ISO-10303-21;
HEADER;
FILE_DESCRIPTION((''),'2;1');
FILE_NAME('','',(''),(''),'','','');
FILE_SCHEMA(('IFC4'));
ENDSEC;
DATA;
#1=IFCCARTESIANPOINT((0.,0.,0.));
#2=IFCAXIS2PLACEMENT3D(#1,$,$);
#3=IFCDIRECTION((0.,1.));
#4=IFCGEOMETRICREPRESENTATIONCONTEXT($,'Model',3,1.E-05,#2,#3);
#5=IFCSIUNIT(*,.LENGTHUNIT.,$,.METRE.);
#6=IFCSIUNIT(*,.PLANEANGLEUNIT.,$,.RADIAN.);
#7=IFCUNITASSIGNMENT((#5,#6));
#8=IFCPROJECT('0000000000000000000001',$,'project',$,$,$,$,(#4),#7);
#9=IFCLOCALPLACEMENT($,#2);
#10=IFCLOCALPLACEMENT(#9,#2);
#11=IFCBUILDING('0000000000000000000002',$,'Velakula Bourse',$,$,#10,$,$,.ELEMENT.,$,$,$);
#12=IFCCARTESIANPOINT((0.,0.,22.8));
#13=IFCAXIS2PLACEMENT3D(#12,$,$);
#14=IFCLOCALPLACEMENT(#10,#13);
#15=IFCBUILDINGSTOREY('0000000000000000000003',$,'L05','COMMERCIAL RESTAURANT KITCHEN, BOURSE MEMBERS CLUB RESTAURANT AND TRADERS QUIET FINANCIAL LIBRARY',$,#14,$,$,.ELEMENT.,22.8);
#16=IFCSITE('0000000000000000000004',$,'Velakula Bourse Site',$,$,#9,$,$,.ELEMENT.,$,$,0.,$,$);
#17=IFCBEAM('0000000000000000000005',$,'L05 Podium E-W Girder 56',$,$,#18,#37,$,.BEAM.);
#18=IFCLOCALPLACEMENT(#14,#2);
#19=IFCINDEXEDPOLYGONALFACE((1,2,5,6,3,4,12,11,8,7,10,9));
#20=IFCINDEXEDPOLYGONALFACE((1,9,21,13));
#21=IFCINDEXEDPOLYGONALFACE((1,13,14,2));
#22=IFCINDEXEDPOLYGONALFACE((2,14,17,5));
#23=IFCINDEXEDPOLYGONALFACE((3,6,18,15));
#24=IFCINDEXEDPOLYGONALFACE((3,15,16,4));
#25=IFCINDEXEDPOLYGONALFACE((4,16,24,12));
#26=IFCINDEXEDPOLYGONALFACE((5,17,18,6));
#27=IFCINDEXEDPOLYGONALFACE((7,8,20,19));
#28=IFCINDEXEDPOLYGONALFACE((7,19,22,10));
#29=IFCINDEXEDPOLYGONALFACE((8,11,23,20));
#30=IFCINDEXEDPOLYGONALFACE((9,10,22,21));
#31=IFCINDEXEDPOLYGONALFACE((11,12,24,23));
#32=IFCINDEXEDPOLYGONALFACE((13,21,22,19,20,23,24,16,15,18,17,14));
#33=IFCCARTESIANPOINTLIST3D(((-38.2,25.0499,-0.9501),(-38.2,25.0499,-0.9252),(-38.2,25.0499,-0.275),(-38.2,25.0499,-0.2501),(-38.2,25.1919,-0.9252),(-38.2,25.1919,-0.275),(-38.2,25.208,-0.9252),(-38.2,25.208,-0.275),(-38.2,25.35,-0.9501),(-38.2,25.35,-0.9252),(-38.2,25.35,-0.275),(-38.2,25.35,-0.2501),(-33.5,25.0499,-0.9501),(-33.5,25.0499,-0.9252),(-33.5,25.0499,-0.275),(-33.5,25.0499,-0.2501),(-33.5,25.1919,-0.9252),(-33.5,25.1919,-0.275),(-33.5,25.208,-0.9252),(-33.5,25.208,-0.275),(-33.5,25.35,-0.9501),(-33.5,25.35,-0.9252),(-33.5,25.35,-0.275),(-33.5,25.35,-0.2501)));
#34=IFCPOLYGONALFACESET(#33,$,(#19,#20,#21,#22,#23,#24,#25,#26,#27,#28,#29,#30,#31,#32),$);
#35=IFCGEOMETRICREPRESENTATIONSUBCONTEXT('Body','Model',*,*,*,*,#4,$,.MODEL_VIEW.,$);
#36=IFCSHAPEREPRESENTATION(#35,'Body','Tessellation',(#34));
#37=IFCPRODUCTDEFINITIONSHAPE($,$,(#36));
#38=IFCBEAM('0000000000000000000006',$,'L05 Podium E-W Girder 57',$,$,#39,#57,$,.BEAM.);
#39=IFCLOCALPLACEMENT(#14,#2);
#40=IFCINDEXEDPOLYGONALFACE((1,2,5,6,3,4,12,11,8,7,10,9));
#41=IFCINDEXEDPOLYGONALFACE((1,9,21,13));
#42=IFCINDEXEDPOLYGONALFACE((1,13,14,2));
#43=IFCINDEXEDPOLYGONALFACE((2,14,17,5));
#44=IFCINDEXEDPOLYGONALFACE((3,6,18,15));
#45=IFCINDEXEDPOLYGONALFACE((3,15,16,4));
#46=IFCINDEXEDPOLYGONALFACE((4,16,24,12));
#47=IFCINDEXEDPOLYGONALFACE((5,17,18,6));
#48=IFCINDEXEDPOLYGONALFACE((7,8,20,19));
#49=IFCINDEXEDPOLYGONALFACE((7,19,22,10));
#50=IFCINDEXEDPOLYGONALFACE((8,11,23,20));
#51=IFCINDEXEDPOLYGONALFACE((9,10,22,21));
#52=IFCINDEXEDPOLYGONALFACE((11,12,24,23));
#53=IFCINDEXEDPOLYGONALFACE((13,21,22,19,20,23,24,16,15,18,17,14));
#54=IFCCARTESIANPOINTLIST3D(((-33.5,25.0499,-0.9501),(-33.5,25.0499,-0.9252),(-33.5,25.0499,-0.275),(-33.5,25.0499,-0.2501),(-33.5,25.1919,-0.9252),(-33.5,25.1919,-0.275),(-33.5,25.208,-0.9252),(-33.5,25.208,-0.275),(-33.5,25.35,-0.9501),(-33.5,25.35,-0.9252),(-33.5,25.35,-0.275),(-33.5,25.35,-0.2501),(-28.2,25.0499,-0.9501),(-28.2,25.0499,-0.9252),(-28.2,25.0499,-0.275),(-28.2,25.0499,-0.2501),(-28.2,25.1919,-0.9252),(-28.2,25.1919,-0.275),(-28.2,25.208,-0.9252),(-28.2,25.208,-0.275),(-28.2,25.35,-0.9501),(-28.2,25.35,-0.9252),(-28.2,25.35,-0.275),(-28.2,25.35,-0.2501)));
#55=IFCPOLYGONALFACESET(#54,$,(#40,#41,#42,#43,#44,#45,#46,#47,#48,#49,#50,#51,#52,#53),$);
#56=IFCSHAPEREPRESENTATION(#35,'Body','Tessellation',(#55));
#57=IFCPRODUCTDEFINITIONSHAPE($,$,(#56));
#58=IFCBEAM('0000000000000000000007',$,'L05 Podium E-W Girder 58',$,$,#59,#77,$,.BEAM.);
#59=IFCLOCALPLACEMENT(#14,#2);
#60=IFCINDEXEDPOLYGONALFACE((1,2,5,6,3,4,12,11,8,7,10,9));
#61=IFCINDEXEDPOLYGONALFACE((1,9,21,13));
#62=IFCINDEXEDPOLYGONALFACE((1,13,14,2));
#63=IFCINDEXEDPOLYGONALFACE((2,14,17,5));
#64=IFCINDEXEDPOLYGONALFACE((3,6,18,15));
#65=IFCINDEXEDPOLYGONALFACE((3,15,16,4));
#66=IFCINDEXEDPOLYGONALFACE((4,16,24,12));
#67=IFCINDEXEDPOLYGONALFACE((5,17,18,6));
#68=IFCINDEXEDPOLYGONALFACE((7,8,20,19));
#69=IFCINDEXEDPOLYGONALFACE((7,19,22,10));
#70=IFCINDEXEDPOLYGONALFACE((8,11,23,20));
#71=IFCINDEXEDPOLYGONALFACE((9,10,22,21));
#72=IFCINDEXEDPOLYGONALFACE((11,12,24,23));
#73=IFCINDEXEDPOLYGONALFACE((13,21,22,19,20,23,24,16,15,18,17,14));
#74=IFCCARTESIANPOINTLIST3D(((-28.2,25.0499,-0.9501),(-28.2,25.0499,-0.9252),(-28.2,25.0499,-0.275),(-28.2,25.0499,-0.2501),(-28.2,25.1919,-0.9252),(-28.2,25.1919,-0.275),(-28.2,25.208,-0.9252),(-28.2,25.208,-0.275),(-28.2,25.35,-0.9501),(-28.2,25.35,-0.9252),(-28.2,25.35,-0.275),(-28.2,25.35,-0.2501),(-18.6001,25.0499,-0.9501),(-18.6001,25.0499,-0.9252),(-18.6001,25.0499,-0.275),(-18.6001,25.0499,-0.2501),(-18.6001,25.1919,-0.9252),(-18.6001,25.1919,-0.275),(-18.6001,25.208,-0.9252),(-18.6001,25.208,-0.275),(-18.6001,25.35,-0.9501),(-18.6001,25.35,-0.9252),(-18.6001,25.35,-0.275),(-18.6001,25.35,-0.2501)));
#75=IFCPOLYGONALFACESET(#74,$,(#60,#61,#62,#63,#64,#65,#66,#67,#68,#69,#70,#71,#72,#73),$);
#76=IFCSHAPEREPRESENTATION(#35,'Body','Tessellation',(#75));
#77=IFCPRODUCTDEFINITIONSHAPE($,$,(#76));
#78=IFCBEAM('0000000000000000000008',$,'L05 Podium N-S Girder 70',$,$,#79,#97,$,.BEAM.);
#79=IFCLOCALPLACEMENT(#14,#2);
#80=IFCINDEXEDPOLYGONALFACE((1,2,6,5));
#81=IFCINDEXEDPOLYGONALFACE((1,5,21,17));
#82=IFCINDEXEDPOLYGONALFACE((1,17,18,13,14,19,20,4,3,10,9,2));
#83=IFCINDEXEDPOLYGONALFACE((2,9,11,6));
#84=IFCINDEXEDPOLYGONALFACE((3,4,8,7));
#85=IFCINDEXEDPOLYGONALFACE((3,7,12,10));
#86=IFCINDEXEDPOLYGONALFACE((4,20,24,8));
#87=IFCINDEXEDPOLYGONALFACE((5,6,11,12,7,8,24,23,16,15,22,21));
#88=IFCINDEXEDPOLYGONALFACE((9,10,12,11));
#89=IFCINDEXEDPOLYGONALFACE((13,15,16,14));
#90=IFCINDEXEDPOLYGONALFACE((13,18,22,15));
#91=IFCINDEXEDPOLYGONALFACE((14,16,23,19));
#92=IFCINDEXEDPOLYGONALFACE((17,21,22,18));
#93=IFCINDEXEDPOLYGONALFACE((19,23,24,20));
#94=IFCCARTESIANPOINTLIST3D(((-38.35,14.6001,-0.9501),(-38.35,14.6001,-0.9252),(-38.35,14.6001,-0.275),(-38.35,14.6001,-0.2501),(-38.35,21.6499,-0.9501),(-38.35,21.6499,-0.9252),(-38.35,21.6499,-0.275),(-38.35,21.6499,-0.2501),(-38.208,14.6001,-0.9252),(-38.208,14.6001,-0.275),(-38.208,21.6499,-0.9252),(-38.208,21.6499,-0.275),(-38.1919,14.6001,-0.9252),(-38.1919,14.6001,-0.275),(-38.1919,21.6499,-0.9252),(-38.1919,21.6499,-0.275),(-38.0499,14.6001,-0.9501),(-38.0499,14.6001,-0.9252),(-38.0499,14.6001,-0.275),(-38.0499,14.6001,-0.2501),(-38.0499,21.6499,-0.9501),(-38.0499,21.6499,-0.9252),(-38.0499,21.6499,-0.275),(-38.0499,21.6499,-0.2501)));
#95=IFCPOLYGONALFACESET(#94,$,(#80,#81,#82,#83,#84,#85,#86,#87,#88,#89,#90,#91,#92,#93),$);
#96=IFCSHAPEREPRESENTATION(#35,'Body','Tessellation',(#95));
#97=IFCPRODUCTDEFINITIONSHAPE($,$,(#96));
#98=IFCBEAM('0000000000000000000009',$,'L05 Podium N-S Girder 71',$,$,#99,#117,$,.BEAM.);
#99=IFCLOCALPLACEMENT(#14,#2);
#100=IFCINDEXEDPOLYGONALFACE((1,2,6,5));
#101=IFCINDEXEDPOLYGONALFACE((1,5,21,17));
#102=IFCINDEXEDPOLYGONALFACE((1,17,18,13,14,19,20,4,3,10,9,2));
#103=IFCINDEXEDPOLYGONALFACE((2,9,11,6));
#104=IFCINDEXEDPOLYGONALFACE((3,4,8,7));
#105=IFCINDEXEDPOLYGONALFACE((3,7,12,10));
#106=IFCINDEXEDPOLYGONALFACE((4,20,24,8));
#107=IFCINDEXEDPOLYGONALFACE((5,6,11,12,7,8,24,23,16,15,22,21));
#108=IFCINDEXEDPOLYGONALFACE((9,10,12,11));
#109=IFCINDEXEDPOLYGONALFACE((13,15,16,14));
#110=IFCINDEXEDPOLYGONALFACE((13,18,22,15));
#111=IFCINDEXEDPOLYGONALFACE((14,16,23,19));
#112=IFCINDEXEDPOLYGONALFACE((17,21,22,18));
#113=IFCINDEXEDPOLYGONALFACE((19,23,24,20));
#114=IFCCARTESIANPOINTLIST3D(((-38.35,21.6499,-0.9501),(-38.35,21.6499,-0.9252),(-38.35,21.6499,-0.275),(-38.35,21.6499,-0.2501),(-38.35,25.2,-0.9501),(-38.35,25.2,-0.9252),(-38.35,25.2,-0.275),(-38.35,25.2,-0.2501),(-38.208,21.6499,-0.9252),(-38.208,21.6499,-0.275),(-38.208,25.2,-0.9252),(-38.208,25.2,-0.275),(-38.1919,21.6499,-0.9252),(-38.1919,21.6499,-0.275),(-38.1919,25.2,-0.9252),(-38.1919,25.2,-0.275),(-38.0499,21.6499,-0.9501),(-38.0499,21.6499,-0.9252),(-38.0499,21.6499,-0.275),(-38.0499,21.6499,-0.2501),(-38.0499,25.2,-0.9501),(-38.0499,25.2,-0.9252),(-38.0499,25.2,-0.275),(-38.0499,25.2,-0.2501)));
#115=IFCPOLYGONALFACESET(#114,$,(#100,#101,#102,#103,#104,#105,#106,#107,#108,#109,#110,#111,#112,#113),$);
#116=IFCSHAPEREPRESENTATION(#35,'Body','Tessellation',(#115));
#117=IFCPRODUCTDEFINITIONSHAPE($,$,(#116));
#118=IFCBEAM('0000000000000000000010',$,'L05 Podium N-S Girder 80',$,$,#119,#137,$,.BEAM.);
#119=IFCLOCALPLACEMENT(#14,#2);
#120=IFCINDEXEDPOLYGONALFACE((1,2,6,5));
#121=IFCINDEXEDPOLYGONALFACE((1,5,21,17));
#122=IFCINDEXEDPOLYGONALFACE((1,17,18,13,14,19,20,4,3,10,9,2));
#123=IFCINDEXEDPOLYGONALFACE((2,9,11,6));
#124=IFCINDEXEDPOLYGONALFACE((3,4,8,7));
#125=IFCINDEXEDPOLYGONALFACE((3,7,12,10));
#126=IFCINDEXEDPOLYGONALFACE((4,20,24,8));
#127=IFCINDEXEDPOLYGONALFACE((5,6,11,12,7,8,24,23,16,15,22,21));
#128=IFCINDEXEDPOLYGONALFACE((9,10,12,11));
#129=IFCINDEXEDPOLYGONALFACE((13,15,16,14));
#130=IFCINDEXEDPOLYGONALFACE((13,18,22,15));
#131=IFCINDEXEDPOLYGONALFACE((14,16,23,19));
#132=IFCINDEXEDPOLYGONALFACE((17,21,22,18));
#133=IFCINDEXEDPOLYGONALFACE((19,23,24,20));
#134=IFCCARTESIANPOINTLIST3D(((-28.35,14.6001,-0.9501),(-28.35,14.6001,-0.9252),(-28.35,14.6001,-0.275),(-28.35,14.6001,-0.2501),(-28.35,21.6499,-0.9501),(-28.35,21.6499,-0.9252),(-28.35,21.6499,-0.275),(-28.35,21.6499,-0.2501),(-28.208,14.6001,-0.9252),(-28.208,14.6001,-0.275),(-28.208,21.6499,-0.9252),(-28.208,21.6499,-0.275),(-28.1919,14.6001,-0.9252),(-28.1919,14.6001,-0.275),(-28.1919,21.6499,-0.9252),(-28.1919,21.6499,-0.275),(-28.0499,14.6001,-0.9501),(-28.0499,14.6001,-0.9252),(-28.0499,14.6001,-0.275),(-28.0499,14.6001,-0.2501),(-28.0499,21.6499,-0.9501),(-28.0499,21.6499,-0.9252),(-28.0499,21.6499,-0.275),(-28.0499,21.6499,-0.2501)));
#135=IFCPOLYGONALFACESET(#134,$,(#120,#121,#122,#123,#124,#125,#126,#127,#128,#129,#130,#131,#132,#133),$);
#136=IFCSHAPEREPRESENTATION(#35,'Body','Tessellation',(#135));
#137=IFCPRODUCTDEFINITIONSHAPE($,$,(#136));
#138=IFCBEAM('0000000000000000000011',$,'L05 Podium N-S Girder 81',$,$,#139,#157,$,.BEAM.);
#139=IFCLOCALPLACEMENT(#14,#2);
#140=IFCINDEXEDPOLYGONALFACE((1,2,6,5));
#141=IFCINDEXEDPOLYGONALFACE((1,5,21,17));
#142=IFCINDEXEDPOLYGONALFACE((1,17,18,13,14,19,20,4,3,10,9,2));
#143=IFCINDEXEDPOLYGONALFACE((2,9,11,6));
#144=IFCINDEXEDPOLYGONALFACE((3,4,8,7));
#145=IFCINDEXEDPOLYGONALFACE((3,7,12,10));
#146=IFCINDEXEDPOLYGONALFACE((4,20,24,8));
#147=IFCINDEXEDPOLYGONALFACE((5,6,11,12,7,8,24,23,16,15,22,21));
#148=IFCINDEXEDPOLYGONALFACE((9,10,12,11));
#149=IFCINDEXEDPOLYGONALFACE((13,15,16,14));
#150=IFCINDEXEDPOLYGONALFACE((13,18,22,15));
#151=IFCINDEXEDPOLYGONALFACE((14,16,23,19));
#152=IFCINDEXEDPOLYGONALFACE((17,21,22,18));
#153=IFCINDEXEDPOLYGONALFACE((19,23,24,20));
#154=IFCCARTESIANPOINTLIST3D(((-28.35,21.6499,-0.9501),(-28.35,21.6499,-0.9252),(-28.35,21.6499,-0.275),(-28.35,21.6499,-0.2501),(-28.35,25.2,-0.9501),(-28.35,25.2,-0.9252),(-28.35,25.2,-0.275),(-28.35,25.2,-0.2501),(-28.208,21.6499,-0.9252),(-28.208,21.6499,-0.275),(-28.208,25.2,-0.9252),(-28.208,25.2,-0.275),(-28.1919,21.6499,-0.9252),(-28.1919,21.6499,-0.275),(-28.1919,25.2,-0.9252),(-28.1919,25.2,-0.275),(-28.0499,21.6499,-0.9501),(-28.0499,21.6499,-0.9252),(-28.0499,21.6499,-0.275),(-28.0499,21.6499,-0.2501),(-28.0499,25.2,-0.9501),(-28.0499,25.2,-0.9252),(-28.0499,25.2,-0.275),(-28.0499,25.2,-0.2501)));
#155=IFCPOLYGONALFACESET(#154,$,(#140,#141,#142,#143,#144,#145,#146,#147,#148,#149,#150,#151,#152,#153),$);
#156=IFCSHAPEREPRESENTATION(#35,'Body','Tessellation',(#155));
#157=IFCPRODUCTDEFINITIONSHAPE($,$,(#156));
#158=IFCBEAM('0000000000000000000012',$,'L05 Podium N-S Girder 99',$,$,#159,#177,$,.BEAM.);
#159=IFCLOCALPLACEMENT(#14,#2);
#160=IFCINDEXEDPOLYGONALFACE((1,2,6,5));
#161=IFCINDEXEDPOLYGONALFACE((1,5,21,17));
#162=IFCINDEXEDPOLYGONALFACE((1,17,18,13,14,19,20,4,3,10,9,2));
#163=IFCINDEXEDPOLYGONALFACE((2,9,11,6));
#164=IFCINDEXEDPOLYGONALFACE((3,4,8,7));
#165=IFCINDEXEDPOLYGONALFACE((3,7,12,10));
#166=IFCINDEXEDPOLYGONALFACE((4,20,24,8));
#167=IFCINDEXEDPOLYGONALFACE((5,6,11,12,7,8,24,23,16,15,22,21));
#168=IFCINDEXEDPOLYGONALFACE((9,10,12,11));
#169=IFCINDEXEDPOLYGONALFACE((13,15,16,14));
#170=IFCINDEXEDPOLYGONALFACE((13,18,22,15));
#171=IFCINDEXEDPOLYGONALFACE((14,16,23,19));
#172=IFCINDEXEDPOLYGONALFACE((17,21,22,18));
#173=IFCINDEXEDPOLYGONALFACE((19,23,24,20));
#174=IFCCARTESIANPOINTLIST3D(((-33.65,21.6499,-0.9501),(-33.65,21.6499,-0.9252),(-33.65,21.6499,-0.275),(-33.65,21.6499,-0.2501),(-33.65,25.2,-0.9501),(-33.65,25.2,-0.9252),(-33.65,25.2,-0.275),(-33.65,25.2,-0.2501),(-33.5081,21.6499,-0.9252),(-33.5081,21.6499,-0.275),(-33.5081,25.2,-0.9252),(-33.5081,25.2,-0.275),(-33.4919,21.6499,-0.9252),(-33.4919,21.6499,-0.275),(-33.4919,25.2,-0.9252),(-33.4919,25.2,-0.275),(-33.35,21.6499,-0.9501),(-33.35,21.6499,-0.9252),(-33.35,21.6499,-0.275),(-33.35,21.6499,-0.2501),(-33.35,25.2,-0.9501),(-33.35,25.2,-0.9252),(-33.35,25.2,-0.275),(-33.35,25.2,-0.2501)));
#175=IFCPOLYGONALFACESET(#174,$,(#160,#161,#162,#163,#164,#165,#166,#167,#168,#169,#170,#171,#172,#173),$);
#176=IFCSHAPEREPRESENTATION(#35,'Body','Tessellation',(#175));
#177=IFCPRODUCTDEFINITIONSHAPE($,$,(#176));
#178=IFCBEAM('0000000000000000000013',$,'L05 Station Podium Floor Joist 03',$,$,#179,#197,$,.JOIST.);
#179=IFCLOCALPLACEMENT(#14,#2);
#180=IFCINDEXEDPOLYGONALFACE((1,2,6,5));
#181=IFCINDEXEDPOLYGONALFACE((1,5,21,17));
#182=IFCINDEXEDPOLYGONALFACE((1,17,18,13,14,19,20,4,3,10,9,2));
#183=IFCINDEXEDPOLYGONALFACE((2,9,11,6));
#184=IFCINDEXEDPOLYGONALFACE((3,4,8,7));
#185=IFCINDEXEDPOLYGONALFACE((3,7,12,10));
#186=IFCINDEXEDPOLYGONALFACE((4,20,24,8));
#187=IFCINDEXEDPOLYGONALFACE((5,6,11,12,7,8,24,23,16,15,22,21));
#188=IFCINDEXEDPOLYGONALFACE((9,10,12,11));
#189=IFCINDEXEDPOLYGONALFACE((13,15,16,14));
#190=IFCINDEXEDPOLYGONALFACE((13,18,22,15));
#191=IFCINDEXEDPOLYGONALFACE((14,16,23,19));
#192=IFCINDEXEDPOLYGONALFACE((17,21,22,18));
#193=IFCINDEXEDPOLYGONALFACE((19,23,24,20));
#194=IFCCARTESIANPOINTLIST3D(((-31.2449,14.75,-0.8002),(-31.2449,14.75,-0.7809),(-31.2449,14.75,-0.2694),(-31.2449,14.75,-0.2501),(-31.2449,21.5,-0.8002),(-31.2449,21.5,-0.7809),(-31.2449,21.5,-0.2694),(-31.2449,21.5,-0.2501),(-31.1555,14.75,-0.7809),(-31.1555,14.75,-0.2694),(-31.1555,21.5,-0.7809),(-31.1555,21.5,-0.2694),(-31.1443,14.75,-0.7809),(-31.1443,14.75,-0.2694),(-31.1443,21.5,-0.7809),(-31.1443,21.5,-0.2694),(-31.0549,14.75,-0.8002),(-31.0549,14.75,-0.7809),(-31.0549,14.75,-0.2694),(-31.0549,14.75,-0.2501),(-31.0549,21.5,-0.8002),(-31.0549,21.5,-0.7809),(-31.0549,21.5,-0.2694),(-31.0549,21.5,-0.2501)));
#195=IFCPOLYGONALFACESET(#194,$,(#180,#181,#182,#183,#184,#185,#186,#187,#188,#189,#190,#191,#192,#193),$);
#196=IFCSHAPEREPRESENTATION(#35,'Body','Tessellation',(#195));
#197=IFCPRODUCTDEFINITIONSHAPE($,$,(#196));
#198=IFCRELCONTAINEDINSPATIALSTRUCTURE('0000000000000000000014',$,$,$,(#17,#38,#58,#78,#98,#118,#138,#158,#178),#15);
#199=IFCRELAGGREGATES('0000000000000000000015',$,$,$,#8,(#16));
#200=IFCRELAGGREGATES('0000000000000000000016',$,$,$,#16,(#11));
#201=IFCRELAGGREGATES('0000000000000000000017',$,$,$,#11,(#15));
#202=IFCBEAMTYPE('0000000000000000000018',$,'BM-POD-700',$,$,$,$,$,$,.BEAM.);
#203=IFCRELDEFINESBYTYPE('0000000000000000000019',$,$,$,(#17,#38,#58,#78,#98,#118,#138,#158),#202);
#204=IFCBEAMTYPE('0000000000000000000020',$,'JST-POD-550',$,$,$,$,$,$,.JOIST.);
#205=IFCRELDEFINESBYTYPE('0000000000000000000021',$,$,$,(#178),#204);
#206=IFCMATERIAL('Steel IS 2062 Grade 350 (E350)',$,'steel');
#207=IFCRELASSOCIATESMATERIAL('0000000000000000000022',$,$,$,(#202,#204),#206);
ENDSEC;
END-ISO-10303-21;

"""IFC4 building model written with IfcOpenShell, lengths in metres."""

from ifc_helpers import new_model, si_unit, direction, frame, origin, origin_2d, place, context, subcontext, project, spatial, i_section, extrude, material, material_profile, profile_set, type_object, element, save


model = new_model("IFC4")

# Units and contexts
model_context = context("Model", 3, precision=1e-05, world=origin(), true_north=direction((0.0, 1.0)))
body_context = subcontext(model_context, "Body", "Model", "MODEL_VIEW")
ifc_project = project(units=[si_unit("LENGTHUNIT", "METRE"), si_unit("PLANEANGLEUNIT", "RADIAN")], contexts=[model_context])

# Site, building, storey
site_placement = place(None, origin())
site = spatial("IfcSite", under=ifc_project, at=site_placement, Name="Velakula Bourse Site", CompositionType="ELEMENT", RefElevation=0.0)
building_placement = place(site_placement, origin())
building = spatial("IfcBuilding", under=site, at=building_placement, Name="Velakula Bourse", CompositionType="ELEMENT")
storey_placement = place(building_placement, frame((0.0, 0.0, 22.8)))
storey = spatial("IfcBuildingStorey", under=building, at=storey_placement, Name="L05", Description="COMMERCIAL RESTAURANT KITCHEN, BOURSE MEMBERS CLUB RESTAURANT AND TRADERS QUIET FINANCIAL LIBRARY", CompositionType="ELEMENT", Elevation=22.8)

# Beams
ifc_material_1 = material(Name="Steel IS 2062 Grade 350 (E350)", Category="steel")
ifc_material_profile_1 = material_profile(ifc_material_1, i_section(OverallWidth=0.3, OverallDepth=0.7, WebThickness=0.0161, FlangeThickness=0.0249, at=origin_2d()), Name="Steel IS 2062 Grade 350 (E350)")
ifc_profile_set_1 = profile_set([ifc_material_profile_1], Name="Steel IS 2062 Grade 350 (E350)")
beam_type_1 = type_object("IfcBeamType", Name="BM-POD-700", PredefinedType="BEAM", material=ifc_profile_set_1)
beam_1_placement = place(storey_placement, frame((-38.2, 25.2, -0.6001), z_axis=(1.0, 0.0, 0.0), x_axis=(0.0, 1.0, 0.0)))
element("IfcBeam", 1, at=beam_1_placement, inside=storey, type_object=beam_type_1, Name="L05 Podium E-W Girder 56", PredefinedType="BEAM", context=body_context, shape_type="SweptSolid", body=[
    extrude(i_section(OverallWidth=0.3, OverallDepth=0.7, WebThickness=0.0161, FlangeThickness=0.0249, at=origin_2d()), origin(), (0.0, 0.0, 1.0), 4.7),
])
beam_2_placement = place(storey_placement, frame((-33.5, 25.2, -0.6001), z_axis=(1.0, 0.0, 0.0), x_axis=(0.0, 1.0, 0.0)))
element("IfcBeam", 2, at=beam_2_placement, inside=storey, type_object=beam_type_1, Name="L05 Podium E-W Girder 57", PredefinedType="BEAM", context=body_context, shape_type="SweptSolid", body=[
    extrude(i_section(OverallWidth=0.3, OverallDepth=0.7, WebThickness=0.0161, FlangeThickness=0.0249, at=origin_2d()), origin(), (0.0, 0.0, 1.0), 5.3),
])
beam_3_placement = place(storey_placement, frame((-28.2, 25.2, -0.6001), z_axis=(1.0, 0.0, 0.0), x_axis=(0.0, 1.0, 0.0)))
element("IfcBeam", 3, at=beam_3_placement, inside=storey, type_object=beam_type_1, Name="L05 Podium E-W Girder 58", PredefinedType="BEAM", context=body_context, shape_type="SweptSolid", body=[
    extrude(i_section(OverallWidth=0.3, OverallDepth=0.7, WebThickness=0.0161, FlangeThickness=0.0249, at=origin_2d()), origin(), (0.0, 0.0, 1.0), 9.5999),
])
beam_4_placement = place(storey_placement, frame((-38.2, 14.6001, -0.6001), z_axis=(0.0, 1.0, 0.0), x_axis=(-1.0, 0.0, 0.0)))
element("IfcBeam", 4, at=beam_4_placement, inside=storey, type_object=beam_type_1, Name="L05 Podium N-S Girder 70", PredefinedType="BEAM", context=body_context, shape_type="SweptSolid", body=[
    extrude(i_section(OverallWidth=0.3, OverallDepth=0.7, WebThickness=0.0161, FlangeThickness=0.0249, at=origin_2d()), origin(), (0.0, 0.0, 1.0), 7.0498),
])
beam_5_placement = place(storey_placement, frame((-38.2, 21.6499, -0.6001), z_axis=(0.0, 1.0, 0.0), x_axis=(-1.0, 0.0, 0.0)))
element("IfcBeam", 5, at=beam_5_placement, inside=storey, type_object=beam_type_1, Name="L05 Podium N-S Girder 71", PredefinedType="BEAM", context=body_context, shape_type="SweptSolid", body=[
    extrude(i_section(OverallWidth=0.3, OverallDepth=0.7, WebThickness=0.0161, FlangeThickness=0.0249, at=origin_2d()), origin(), (0.0, 0.0, 1.0), 3.55),
])
beam_6_placement = place(storey_placement, frame((-28.2, 14.6001, -0.6001), z_axis=(0.0, 1.0, 0.0), x_axis=(-1.0, 0.0, 0.0)))
element("IfcBeam", 6, at=beam_6_placement, inside=storey, type_object=beam_type_1, Name="L05 Podium N-S Girder 80", PredefinedType="BEAM", context=body_context, shape_type="SweptSolid", body=[
    extrude(i_section(OverallWidth=0.3, OverallDepth=0.7, WebThickness=0.0161, FlangeThickness=0.0249, at=origin_2d()), origin(), (0.0, 0.0, 1.0), 7.0498),
])
for number, where, z_axis, x_axis, name in (
    (7, (-28.2, 21.6499, -0.6001), (0.0, 1.0, 0.0), (-1.0, 0.0, 0.0), "L05 Podium N-S Girder 81"),
    (8, (-33.5, 21.6499, -0.6001), (0.0, 1.0, 0.0), (-1.0, 0.0, 0.0), "L05 Podium N-S Girder 99"),
):
    element("IfcBeam", number, at=place(storey_placement, frame(where, z_axis=z_axis, x_axis=x_axis)), inside=storey, type_object=beam_type_1, Name=name, PredefinedType="BEAM", context=body_context, shape_type="SweptSolid", body=[
        extrude(i_section(OverallWidth=0.3, OverallDepth=0.7, WebThickness=0.0161, FlangeThickness=0.0249, at=origin_2d()), origin(), (0.0, 0.0, 1.0), 3.55),
    ])
ifc_material_profile_2 = material_profile(ifc_material_1, i_section(OverallWidth=0.1899, OverallDepth=0.55, WebThickness=0.0112, FlangeThickness=0.0193, at=origin_2d()), Name="Steel IS 2062 Grade 350 (E350)")
ifc_profile_set_2 = profile_set([ifc_material_profile_2], Name="Steel IS 2062 Grade 350 (E350)")
beam_type_2 = type_object("IfcBeamType", Name="JST-POD-550", PredefinedType="JOIST", material=ifc_profile_set_2)
beam_7_placement = place(storey_placement, frame((-31.1499, 14.75, -0.5251), z_axis=(0.0, 1.0, 0.0), x_axis=(-1.0, 0.0, 0.0)))
element("IfcBeam", 9, at=beam_7_placement, inside=storey, type_object=beam_type_2, Name="L05 Station Podium Floor Joist 03", PredefinedType="JOIST", context=body_context, shape_type="SweptSolid", body=[
    extrude(i_section(OverallWidth=0.1899, OverallDepth=0.55, WebThickness=0.0112, FlangeThickness=0.0193, at=origin_2d()), origin(), (0.0, 0.0, 1.0), 6.75),
])

save(model, "model.ifc")
